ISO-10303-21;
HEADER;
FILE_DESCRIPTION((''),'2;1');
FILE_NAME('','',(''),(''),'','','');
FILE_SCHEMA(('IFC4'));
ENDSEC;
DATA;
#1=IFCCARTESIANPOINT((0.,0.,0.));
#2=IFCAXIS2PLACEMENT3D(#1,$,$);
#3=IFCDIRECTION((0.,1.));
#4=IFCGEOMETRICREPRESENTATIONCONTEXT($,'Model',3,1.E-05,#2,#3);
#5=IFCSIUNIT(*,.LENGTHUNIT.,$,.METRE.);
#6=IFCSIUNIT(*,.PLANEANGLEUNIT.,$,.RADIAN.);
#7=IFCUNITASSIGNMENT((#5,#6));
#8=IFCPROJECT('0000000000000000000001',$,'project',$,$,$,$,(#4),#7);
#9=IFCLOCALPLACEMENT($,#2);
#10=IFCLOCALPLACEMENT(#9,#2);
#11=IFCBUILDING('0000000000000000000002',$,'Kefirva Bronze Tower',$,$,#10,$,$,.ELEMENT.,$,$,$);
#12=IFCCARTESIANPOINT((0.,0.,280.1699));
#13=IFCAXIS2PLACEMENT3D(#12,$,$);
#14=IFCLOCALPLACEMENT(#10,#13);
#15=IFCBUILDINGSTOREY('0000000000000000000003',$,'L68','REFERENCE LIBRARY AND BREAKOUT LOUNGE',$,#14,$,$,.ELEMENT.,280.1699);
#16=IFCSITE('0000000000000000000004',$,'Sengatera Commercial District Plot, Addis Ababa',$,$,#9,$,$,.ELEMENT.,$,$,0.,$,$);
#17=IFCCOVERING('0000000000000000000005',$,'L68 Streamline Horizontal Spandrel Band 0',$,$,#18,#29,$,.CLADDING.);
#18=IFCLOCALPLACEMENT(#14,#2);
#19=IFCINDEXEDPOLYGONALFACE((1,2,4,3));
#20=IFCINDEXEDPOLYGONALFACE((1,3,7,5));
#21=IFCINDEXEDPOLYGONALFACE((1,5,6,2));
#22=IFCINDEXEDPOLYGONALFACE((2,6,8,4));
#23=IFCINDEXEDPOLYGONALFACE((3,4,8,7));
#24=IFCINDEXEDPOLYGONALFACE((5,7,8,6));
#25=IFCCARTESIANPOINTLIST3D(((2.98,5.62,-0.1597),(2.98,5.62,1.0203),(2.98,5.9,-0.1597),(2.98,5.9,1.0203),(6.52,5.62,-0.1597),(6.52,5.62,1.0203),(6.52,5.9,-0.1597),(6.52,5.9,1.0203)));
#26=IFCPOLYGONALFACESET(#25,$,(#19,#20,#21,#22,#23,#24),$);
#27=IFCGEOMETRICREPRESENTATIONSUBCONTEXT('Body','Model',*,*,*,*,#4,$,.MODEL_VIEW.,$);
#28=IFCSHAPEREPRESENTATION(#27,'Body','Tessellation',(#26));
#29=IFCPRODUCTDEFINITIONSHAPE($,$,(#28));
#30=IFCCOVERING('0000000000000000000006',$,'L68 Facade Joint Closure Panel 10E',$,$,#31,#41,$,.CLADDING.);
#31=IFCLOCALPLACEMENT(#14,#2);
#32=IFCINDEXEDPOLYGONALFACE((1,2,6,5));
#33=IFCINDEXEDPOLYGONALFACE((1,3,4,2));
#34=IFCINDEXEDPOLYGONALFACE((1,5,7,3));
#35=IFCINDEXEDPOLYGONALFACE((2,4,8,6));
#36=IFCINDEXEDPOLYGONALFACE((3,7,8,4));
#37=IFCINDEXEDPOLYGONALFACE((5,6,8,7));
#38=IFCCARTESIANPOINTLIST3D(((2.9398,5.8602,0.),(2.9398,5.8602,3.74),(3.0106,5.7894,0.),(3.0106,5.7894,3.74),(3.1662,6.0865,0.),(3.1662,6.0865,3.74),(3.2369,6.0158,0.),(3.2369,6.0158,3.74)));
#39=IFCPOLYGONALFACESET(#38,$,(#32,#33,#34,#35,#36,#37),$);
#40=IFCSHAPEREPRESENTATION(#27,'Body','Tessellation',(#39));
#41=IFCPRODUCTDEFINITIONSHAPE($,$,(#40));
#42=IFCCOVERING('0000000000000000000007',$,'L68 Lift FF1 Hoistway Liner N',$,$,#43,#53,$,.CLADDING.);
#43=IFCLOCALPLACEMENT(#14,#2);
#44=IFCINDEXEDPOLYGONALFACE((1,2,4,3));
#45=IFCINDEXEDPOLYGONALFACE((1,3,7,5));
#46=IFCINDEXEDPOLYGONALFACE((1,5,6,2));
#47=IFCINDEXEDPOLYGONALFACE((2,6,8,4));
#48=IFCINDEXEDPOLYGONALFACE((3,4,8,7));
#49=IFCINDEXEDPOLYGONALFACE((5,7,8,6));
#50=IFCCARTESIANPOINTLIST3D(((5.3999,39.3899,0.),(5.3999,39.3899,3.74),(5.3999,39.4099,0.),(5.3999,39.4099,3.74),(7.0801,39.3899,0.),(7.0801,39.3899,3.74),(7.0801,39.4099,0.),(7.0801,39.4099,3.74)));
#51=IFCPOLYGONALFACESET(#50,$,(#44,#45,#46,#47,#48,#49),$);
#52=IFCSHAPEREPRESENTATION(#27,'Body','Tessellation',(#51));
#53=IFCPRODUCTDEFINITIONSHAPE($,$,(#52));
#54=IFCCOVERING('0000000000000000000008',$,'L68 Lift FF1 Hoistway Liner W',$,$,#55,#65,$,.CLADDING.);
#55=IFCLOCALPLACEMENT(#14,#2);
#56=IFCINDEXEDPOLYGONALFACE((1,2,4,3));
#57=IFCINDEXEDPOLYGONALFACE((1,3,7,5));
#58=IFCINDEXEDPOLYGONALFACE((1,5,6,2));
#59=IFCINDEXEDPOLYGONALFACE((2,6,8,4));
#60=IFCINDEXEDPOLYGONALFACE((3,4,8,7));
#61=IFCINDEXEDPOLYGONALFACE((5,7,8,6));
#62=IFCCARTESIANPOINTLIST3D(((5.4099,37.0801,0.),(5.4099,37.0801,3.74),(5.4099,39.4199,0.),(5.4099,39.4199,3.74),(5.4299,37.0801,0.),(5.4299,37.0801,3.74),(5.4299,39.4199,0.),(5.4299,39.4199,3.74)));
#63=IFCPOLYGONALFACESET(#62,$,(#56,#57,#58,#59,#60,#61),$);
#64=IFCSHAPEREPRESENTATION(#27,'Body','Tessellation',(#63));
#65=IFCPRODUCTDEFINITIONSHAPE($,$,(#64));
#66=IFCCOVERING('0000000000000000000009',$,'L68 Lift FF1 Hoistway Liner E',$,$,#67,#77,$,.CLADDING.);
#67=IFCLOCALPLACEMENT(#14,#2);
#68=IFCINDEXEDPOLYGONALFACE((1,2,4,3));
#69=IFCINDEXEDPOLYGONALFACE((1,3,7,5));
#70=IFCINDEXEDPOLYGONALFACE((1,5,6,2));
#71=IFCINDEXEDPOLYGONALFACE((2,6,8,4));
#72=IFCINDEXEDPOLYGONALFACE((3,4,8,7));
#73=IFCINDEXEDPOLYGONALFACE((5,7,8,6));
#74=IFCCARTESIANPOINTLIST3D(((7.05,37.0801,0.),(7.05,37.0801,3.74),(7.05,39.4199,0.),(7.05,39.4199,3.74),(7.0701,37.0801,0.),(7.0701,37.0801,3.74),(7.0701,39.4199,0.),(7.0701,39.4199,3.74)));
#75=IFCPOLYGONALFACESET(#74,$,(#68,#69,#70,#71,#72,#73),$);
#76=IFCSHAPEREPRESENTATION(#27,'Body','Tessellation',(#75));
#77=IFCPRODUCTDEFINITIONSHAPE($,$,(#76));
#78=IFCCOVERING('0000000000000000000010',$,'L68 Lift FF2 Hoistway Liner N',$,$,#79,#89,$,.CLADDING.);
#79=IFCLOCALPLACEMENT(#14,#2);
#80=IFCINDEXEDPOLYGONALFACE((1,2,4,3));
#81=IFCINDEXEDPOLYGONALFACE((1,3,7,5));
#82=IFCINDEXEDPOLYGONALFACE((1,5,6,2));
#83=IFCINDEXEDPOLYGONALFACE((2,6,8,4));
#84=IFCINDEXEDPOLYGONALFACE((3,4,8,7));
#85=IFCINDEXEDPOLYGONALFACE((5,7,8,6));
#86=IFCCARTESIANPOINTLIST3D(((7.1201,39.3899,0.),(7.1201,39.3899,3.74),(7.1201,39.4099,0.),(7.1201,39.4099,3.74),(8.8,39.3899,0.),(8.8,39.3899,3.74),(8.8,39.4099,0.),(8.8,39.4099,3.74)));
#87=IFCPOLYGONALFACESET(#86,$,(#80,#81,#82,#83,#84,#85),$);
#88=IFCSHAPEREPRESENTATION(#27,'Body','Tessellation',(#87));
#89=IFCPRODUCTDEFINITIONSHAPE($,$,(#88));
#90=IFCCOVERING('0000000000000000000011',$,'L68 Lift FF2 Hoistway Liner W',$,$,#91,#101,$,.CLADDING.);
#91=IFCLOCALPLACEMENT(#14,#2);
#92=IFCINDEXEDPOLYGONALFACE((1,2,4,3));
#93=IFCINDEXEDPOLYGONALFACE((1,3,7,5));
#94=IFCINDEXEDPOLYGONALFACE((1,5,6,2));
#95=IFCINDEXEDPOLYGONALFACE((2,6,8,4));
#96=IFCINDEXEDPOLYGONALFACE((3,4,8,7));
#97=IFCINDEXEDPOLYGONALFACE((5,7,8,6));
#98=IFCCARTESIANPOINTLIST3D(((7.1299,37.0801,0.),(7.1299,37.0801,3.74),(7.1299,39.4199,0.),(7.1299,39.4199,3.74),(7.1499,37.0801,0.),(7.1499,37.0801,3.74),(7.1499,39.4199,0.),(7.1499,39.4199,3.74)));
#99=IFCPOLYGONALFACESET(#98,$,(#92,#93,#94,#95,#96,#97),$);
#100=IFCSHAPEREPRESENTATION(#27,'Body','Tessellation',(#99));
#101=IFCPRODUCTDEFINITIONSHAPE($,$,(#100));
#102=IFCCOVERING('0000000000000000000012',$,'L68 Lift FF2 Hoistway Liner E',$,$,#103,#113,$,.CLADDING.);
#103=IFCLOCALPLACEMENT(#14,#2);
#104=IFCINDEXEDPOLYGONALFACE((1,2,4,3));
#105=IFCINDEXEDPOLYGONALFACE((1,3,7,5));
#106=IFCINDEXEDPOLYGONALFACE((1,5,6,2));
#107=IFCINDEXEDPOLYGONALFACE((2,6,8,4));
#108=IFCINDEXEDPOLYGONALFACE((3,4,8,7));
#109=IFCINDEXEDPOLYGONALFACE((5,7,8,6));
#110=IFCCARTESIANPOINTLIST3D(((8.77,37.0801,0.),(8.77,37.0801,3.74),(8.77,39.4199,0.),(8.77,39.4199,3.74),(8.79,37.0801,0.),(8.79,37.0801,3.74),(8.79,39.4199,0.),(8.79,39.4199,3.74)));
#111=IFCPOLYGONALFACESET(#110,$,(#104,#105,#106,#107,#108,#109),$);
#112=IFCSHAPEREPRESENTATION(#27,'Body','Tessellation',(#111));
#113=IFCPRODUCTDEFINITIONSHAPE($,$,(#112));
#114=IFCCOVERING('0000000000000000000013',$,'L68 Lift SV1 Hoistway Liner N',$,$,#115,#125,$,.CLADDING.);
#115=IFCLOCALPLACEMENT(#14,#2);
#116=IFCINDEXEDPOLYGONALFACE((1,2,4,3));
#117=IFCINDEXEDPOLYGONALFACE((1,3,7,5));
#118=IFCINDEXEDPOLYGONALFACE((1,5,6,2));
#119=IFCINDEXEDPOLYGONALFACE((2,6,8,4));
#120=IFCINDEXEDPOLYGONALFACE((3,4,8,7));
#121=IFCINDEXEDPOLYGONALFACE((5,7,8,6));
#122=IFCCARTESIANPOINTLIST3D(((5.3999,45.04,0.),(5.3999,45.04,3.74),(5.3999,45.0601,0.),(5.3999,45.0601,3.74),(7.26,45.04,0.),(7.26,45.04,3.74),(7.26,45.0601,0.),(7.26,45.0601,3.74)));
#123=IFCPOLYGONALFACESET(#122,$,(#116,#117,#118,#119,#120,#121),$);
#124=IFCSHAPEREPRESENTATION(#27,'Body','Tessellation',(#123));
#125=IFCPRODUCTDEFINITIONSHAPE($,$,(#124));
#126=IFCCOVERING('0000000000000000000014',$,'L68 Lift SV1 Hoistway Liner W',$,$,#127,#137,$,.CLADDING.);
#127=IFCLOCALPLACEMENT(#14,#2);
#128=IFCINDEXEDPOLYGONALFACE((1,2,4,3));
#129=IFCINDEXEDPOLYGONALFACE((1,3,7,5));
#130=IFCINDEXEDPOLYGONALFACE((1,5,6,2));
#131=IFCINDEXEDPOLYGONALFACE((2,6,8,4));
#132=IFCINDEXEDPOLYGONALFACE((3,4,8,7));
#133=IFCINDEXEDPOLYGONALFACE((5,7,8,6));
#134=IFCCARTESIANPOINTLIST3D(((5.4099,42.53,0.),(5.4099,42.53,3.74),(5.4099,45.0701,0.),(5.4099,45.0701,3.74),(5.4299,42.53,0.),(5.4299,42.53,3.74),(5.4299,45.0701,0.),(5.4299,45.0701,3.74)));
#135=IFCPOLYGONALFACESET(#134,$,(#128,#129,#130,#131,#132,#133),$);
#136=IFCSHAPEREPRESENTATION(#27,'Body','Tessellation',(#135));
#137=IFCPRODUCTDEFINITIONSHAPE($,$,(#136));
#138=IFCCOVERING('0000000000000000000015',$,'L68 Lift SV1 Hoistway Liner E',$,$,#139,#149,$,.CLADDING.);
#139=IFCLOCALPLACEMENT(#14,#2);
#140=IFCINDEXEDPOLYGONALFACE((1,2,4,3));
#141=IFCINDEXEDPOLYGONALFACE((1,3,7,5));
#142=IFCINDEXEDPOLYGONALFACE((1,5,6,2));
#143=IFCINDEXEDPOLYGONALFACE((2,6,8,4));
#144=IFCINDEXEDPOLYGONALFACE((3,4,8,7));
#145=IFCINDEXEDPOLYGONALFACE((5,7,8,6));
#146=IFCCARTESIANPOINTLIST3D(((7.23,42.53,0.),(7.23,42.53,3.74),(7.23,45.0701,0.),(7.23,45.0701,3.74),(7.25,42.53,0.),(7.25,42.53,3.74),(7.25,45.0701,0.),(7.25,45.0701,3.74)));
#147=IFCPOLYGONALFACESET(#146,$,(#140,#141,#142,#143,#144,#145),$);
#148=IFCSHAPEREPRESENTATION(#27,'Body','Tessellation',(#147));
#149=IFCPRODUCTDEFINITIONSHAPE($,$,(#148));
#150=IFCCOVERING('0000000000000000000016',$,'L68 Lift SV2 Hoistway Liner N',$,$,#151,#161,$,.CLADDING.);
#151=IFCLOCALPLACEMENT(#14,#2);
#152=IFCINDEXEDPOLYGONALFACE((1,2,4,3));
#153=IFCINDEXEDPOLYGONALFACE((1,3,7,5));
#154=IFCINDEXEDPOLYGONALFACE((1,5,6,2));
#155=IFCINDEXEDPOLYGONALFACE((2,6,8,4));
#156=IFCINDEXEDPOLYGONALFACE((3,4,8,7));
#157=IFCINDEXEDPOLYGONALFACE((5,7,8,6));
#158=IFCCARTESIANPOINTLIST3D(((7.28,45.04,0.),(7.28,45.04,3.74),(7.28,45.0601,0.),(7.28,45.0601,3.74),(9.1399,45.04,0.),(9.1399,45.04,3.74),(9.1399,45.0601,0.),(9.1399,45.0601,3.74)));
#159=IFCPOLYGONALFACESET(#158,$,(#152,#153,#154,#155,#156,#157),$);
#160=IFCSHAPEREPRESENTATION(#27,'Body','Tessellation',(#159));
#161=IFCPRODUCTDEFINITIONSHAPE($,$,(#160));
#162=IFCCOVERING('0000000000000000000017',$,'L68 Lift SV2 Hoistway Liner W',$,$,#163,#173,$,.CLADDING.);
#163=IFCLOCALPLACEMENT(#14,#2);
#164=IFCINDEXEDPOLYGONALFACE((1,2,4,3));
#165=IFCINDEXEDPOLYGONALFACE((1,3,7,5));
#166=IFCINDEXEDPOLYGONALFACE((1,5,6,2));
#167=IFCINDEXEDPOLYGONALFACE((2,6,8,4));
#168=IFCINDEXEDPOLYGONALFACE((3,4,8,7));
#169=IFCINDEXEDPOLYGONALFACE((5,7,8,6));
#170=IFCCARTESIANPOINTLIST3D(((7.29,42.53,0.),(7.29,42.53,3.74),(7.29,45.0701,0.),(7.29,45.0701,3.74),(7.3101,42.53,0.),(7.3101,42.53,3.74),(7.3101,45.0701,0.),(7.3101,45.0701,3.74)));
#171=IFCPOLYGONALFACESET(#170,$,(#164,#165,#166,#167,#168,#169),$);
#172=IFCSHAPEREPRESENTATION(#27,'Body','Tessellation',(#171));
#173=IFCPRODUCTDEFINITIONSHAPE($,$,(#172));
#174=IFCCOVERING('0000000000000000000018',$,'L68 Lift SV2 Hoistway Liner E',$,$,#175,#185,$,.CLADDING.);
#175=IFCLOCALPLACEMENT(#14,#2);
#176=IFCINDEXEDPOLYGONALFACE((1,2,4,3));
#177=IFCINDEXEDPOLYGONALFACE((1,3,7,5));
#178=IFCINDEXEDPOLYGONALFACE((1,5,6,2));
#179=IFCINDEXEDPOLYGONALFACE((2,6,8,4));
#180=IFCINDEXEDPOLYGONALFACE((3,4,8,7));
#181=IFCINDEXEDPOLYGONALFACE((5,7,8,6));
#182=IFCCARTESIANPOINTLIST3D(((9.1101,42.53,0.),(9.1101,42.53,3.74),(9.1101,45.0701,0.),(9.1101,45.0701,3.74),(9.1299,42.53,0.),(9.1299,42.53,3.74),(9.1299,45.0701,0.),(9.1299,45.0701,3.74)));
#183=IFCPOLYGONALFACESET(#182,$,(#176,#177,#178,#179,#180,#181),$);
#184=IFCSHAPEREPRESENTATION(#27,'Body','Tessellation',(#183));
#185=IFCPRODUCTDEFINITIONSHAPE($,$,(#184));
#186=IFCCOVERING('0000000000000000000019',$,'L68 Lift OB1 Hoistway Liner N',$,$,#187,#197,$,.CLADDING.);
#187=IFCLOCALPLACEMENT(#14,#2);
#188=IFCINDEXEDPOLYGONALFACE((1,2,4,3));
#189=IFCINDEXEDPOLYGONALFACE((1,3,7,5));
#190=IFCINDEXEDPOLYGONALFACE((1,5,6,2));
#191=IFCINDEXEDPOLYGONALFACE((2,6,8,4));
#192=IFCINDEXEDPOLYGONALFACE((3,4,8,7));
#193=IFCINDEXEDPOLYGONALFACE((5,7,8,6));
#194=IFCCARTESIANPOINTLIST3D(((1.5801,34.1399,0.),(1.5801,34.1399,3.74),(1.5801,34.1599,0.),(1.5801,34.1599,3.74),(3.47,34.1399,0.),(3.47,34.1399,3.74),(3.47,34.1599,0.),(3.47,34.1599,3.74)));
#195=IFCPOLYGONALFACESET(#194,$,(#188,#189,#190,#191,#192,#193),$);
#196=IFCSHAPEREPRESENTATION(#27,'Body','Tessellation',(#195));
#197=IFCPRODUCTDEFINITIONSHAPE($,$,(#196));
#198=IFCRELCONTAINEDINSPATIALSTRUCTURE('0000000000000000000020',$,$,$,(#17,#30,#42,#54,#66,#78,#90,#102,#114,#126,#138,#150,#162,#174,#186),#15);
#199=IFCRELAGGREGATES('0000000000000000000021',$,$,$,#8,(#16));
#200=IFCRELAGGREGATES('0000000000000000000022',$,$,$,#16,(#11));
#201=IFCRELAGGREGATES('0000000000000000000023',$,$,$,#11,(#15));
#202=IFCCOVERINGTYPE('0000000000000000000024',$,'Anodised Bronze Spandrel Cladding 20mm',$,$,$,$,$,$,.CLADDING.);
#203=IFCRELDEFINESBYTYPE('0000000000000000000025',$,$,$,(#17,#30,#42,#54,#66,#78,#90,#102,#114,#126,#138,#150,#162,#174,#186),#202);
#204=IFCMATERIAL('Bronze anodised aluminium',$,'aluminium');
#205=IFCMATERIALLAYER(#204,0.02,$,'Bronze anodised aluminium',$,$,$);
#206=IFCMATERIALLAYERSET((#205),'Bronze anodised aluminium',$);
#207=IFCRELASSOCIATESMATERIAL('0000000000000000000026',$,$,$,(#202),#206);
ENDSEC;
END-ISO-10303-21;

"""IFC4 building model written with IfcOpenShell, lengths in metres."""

from ifc_helpers import new_model, si_unit, direction, frame, origin, origin_2d, place, context, subcontext, project, spatial, polyline, rectangle, outline, extrude, material, layer, layer_set, type_object, element, save


model = new_model("IFC4")

# Units and contexts
model_context = context("Model", 3, precision=1e-05, world=origin(), true_north=direction((0.0, 1.0)))
body_context = subcontext(model_context, "Body", "Model", "MODEL_VIEW")
ifc_project = project(units=[si_unit("LENGTHUNIT", "METRE"), si_unit("PLANEANGLEUNIT", "RADIAN")], contexts=[model_context])

# Site, building, storey
site_placement = place(None, origin())
site = spatial("IfcSite", under=ifc_project, at=site_placement, Name="Sengatera Commercial District Plot, Addis Ababa", CompositionType="ELEMENT", RefElevation=0.0)
building_placement = place(site_placement, origin())
building = spatial("IfcBuilding", under=site, at=building_placement, Name="Kefirva Bronze Tower", CompositionType="ELEMENT")
storey_placement = place(building_placement, frame((0.0, 0.0, 280.1699)))
storey = spatial("IfcBuildingStorey", under=building, at=storey_placement, Name="L68", Description="REFERENCE LIBRARY AND BREAKOUT LOUNGE", CompositionType="ELEMENT", Elevation=280.1699)

# Coverings
ifc_material_1 = material(Name="Bronze anodised aluminium", Category="aluminium")
ifc_layer_1 = layer(ifc_material_1, 0.02, Name="Bronze anodised aluminium")
ifc_layer_set_1 = layer_set([ifc_layer_1], Name="Bronze anodised aluminium")
covering_type_1 = type_object("IfcCoveringType", Name="Anodised Bronze Spandrel Cladding 20mm", PredefinedType="CLADDING", material=ifc_layer_set_1)
covering_1_placement = place(storey_placement, frame((4.75, 5.76, -0.1597), z_axis=(0.0, 0.0, 1.0), x_axis=(1.0, 0.0, 0.0)))
element("IfcCovering", 1, at=covering_1_placement, inside=storey, type_object=covering_type_1, Name="L68 Streamline Horizontal Spandrel Band 0", PredefinedType="CLADDING", context=body_context, shape_type="SweptSolid", body=[
    extrude(rectangle(XDim=3.54, YDim=0.28, at=origin_2d()), origin(), (0.0, 0.0, 1.0), 1.1799),
])
covering_2_placement = place(storey_placement, frame((3.0884, 5.938, 0.0), z_axis=(0.0, 0.0, 1.0), x_axis=(0.707107, -0.707107, 0.0)))
element("IfcCovering", 2, at=covering_2_placement, inside=storey, type_object=covering_type_1, Name="L68 Facade Joint Closure Panel 10E", PredefinedType="CLADDING", context=body_context, shape_type="SweptSolid", body=[
    extrude(rectangle(XDim=0.1001, YDim=0.3201, at=origin_2d()), origin(), (0.0, 0.0, 1.0), 3.74),
])
covering_3_placement = place(storey_placement, origin())
element("IfcCovering", 3, at=covering_3_placement, inside=storey, type_object=covering_type_1, Name="L68 Lift FF1 Hoistway Liner N", PredefinedType="CLADDING", context=body_context, shape_type="SweptSolid", body=[
    extrude(outline(polyline([(5.3999, 39.3899), (7.0801, 39.3899), (7.0801, 39.4099), (5.3999, 39.4099), (5.3999, 39.3899)])), origin(), (0.0, 0.0, 1.0), 3.74),
])
covering_4_placement = place(storey_placement, origin())
element("IfcCovering", 4, at=covering_4_placement, inside=storey, type_object=covering_type_1, Name="L68 Lift FF1 Hoistway Liner W", PredefinedType="CLADDING", context=body_context, shape_type="SweptSolid", body=[
    extrude(outline(polyline([(5.4099, 37.0801), (5.4299, 37.0801), (5.4299, 39.4199), (5.4099, 39.4199), (5.4099, 37.0801)])), origin(), (0.0, 0.0, 1.0), 3.74),
])
covering_5_placement = place(storey_placement, origin())
element("IfcCovering", 5, at=covering_5_placement, inside=storey, type_object=covering_type_1, Name="L68 Lift FF1 Hoistway Liner E", PredefinedType="CLADDING", context=body_context, shape_type="SweptSolid", body=[
    extrude(outline(polyline([(7.05, 37.0801), (7.0701, 37.0801), (7.0701, 39.4199), (7.05, 39.4199), (7.05, 37.0801)])), origin(), (0.0, 0.0, 1.0), 3.74),
])
covering_6_placement = place(storey_placement, origin())
element("IfcCovering", 6, at=covering_6_placement, inside=storey, type_object=covering_type_1, Name="L68 Lift FF2 Hoistway Liner N", PredefinedType="CLADDING", context=body_context, shape_type="SweptSolid", body=[
    extrude(outline(polyline([(7.1201, 39.3899), (8.8, 39.3899), (8.8, 39.4099), (7.1201, 39.4099), (7.1201, 39.3899)])), origin(), (0.0, 0.0, 1.0), 3.74),
])
covering_7_placement = place(storey_placement, origin())
element("IfcCovering", 7, at=covering_7_placement, inside=storey, type_object=covering_type_1, Name="L68 Lift FF2 Hoistway Liner W", PredefinedType="CLADDING", context=body_context, shape_type="SweptSolid", body=[
    extrude(outline(polyline([(7.1299, 37.0801), (7.1499, 37.0801), (7.1499, 39.4199), (7.1299, 39.4199), (7.1299, 37.0801)])), origin(), (0.0, 0.0, 1.0), 3.74),
])
covering_8_placement = place(storey_placement, origin())
element("IfcCovering", 8, at=covering_8_placement, inside=storey, type_object=covering_type_1, Name="L68 Lift FF2 Hoistway Liner E", PredefinedType="CLADDING", context=body_context, shape_type="SweptSolid", body=[
    extrude(outline(polyline([(8.77, 37.0801), (8.79, 37.0801), (8.79, 39.4199), (8.77, 39.4199), (8.77, 37.0801)])), origin(), (0.0, 0.0, 1.0), 3.74),
])
covering_9_placement = place(storey_placement, origin())
element("IfcCovering", 9, at=covering_9_placement, inside=storey, type_object=covering_type_1, Name="L68 Lift SV1 Hoistway Liner N", PredefinedType="CLADDING", context=body_context, shape_type="SweptSolid", body=[
    extrude(outline(polyline([(5.3999, 45.04), (7.26, 45.04), (7.26, 45.0601), (5.3999, 45.0601), (5.3999, 45.04)])), origin(), (0.0, 0.0, 1.0), 3.74),
])
covering_10_placement = place(storey_placement, origin())
element("IfcCovering", 10, at=covering_10_placement, inside=storey, type_object=covering_type_1, Name="L68 Lift SV1 Hoistway Liner W", PredefinedType="CLADDING", context=body_context, shape_type="SweptSolid", body=[
    extrude(outline(polyline([(5.4099, 42.53), (5.4299, 42.53), (5.4299, 45.0701), (5.4099, 45.0701), (5.4099, 42.53)])), origin(), (0.0, 0.0, 1.0), 3.74),
])
covering_11_placement = place(storey_placement, origin())
element("IfcCovering", 11, at=covering_11_placement, inside=storey, type_object=covering_type_1, Name="L68 Lift SV1 Hoistway Liner E", PredefinedType="CLADDING", context=body_context, shape_type="SweptSolid", body=[
    extrude(outline(polyline([(7.23, 42.53), (7.25, 42.53), (7.25, 45.0701), (7.23, 45.0701), (7.23, 42.53)])), origin(), (0.0, 0.0, 1.0), 3.74),
])
covering_12_placement = place(storey_placement, origin())
element("IfcCovering", 12, at=covering_12_placement, inside=storey, type_object=covering_type_1, Name="L68 Lift SV2 Hoistway Liner N", PredefinedType="CLADDING", context=body_context, shape_type="SweptSolid", body=[
    extrude(outline(polyline([(7.28, 45.04), (9.1399, 45.04), (9.1399, 45.0601), (7.28, 45.0601), (7.28, 45.04)])), origin(), (0.0, 0.0, 1.0), 3.74),
])
covering_13_placement = place(storey_placement, origin())
element("IfcCovering", 13, at=covering_13_placement, inside=storey, type_object=covering_type_1, Name="L68 Lift SV2 Hoistway Liner W", PredefinedType="CLADDING", context=body_context, shape_type="SweptSolid", body=[
    extrude(outline(polyline([(7.29, 42.53), (7.3101, 42.53), (7.3101, 45.0701), (7.29, 45.0701), (7.29, 42.53)])), origin(), (0.0, 0.0, 1.0), 3.74),
])
covering_14_placement = place(storey_placement, origin())
element("IfcCovering", 14, at=covering_14_placement, inside=storey, type_object=covering_type_1, Name="L68 Lift SV2 Hoistway Liner E", PredefinedType="CLADDING", context=body_context, shape_type="SweptSolid", body=[
    extrude(outline(polyline([(9.1101, 42.53), (9.1299, 42.53), (9.1299, 45.0701), (9.1101, 45.0701), (9.1101, 42.53)])), origin(), (0.0, 0.0, 1.0), 3.74),
])
covering_15_placement = place(storey_placement, origin())
element("IfcCovering", 15, at=covering_15_placement, inside=storey, type_object=covering_type_1, Name="L68 Lift OB1 Hoistway Liner N", PredefinedType="CLADDING", context=body_context, shape_type="SweptSolid", body=[
    extrude(outline(polyline([(1.5801, 34.1399), (3.47, 34.1399), (3.47, 34.1599), (1.5801, 34.1599), (1.5801, 34.1399)])), origin(), (0.0, 0.0, 1.0), 3.74),
])

save(model, "model.ifc")
